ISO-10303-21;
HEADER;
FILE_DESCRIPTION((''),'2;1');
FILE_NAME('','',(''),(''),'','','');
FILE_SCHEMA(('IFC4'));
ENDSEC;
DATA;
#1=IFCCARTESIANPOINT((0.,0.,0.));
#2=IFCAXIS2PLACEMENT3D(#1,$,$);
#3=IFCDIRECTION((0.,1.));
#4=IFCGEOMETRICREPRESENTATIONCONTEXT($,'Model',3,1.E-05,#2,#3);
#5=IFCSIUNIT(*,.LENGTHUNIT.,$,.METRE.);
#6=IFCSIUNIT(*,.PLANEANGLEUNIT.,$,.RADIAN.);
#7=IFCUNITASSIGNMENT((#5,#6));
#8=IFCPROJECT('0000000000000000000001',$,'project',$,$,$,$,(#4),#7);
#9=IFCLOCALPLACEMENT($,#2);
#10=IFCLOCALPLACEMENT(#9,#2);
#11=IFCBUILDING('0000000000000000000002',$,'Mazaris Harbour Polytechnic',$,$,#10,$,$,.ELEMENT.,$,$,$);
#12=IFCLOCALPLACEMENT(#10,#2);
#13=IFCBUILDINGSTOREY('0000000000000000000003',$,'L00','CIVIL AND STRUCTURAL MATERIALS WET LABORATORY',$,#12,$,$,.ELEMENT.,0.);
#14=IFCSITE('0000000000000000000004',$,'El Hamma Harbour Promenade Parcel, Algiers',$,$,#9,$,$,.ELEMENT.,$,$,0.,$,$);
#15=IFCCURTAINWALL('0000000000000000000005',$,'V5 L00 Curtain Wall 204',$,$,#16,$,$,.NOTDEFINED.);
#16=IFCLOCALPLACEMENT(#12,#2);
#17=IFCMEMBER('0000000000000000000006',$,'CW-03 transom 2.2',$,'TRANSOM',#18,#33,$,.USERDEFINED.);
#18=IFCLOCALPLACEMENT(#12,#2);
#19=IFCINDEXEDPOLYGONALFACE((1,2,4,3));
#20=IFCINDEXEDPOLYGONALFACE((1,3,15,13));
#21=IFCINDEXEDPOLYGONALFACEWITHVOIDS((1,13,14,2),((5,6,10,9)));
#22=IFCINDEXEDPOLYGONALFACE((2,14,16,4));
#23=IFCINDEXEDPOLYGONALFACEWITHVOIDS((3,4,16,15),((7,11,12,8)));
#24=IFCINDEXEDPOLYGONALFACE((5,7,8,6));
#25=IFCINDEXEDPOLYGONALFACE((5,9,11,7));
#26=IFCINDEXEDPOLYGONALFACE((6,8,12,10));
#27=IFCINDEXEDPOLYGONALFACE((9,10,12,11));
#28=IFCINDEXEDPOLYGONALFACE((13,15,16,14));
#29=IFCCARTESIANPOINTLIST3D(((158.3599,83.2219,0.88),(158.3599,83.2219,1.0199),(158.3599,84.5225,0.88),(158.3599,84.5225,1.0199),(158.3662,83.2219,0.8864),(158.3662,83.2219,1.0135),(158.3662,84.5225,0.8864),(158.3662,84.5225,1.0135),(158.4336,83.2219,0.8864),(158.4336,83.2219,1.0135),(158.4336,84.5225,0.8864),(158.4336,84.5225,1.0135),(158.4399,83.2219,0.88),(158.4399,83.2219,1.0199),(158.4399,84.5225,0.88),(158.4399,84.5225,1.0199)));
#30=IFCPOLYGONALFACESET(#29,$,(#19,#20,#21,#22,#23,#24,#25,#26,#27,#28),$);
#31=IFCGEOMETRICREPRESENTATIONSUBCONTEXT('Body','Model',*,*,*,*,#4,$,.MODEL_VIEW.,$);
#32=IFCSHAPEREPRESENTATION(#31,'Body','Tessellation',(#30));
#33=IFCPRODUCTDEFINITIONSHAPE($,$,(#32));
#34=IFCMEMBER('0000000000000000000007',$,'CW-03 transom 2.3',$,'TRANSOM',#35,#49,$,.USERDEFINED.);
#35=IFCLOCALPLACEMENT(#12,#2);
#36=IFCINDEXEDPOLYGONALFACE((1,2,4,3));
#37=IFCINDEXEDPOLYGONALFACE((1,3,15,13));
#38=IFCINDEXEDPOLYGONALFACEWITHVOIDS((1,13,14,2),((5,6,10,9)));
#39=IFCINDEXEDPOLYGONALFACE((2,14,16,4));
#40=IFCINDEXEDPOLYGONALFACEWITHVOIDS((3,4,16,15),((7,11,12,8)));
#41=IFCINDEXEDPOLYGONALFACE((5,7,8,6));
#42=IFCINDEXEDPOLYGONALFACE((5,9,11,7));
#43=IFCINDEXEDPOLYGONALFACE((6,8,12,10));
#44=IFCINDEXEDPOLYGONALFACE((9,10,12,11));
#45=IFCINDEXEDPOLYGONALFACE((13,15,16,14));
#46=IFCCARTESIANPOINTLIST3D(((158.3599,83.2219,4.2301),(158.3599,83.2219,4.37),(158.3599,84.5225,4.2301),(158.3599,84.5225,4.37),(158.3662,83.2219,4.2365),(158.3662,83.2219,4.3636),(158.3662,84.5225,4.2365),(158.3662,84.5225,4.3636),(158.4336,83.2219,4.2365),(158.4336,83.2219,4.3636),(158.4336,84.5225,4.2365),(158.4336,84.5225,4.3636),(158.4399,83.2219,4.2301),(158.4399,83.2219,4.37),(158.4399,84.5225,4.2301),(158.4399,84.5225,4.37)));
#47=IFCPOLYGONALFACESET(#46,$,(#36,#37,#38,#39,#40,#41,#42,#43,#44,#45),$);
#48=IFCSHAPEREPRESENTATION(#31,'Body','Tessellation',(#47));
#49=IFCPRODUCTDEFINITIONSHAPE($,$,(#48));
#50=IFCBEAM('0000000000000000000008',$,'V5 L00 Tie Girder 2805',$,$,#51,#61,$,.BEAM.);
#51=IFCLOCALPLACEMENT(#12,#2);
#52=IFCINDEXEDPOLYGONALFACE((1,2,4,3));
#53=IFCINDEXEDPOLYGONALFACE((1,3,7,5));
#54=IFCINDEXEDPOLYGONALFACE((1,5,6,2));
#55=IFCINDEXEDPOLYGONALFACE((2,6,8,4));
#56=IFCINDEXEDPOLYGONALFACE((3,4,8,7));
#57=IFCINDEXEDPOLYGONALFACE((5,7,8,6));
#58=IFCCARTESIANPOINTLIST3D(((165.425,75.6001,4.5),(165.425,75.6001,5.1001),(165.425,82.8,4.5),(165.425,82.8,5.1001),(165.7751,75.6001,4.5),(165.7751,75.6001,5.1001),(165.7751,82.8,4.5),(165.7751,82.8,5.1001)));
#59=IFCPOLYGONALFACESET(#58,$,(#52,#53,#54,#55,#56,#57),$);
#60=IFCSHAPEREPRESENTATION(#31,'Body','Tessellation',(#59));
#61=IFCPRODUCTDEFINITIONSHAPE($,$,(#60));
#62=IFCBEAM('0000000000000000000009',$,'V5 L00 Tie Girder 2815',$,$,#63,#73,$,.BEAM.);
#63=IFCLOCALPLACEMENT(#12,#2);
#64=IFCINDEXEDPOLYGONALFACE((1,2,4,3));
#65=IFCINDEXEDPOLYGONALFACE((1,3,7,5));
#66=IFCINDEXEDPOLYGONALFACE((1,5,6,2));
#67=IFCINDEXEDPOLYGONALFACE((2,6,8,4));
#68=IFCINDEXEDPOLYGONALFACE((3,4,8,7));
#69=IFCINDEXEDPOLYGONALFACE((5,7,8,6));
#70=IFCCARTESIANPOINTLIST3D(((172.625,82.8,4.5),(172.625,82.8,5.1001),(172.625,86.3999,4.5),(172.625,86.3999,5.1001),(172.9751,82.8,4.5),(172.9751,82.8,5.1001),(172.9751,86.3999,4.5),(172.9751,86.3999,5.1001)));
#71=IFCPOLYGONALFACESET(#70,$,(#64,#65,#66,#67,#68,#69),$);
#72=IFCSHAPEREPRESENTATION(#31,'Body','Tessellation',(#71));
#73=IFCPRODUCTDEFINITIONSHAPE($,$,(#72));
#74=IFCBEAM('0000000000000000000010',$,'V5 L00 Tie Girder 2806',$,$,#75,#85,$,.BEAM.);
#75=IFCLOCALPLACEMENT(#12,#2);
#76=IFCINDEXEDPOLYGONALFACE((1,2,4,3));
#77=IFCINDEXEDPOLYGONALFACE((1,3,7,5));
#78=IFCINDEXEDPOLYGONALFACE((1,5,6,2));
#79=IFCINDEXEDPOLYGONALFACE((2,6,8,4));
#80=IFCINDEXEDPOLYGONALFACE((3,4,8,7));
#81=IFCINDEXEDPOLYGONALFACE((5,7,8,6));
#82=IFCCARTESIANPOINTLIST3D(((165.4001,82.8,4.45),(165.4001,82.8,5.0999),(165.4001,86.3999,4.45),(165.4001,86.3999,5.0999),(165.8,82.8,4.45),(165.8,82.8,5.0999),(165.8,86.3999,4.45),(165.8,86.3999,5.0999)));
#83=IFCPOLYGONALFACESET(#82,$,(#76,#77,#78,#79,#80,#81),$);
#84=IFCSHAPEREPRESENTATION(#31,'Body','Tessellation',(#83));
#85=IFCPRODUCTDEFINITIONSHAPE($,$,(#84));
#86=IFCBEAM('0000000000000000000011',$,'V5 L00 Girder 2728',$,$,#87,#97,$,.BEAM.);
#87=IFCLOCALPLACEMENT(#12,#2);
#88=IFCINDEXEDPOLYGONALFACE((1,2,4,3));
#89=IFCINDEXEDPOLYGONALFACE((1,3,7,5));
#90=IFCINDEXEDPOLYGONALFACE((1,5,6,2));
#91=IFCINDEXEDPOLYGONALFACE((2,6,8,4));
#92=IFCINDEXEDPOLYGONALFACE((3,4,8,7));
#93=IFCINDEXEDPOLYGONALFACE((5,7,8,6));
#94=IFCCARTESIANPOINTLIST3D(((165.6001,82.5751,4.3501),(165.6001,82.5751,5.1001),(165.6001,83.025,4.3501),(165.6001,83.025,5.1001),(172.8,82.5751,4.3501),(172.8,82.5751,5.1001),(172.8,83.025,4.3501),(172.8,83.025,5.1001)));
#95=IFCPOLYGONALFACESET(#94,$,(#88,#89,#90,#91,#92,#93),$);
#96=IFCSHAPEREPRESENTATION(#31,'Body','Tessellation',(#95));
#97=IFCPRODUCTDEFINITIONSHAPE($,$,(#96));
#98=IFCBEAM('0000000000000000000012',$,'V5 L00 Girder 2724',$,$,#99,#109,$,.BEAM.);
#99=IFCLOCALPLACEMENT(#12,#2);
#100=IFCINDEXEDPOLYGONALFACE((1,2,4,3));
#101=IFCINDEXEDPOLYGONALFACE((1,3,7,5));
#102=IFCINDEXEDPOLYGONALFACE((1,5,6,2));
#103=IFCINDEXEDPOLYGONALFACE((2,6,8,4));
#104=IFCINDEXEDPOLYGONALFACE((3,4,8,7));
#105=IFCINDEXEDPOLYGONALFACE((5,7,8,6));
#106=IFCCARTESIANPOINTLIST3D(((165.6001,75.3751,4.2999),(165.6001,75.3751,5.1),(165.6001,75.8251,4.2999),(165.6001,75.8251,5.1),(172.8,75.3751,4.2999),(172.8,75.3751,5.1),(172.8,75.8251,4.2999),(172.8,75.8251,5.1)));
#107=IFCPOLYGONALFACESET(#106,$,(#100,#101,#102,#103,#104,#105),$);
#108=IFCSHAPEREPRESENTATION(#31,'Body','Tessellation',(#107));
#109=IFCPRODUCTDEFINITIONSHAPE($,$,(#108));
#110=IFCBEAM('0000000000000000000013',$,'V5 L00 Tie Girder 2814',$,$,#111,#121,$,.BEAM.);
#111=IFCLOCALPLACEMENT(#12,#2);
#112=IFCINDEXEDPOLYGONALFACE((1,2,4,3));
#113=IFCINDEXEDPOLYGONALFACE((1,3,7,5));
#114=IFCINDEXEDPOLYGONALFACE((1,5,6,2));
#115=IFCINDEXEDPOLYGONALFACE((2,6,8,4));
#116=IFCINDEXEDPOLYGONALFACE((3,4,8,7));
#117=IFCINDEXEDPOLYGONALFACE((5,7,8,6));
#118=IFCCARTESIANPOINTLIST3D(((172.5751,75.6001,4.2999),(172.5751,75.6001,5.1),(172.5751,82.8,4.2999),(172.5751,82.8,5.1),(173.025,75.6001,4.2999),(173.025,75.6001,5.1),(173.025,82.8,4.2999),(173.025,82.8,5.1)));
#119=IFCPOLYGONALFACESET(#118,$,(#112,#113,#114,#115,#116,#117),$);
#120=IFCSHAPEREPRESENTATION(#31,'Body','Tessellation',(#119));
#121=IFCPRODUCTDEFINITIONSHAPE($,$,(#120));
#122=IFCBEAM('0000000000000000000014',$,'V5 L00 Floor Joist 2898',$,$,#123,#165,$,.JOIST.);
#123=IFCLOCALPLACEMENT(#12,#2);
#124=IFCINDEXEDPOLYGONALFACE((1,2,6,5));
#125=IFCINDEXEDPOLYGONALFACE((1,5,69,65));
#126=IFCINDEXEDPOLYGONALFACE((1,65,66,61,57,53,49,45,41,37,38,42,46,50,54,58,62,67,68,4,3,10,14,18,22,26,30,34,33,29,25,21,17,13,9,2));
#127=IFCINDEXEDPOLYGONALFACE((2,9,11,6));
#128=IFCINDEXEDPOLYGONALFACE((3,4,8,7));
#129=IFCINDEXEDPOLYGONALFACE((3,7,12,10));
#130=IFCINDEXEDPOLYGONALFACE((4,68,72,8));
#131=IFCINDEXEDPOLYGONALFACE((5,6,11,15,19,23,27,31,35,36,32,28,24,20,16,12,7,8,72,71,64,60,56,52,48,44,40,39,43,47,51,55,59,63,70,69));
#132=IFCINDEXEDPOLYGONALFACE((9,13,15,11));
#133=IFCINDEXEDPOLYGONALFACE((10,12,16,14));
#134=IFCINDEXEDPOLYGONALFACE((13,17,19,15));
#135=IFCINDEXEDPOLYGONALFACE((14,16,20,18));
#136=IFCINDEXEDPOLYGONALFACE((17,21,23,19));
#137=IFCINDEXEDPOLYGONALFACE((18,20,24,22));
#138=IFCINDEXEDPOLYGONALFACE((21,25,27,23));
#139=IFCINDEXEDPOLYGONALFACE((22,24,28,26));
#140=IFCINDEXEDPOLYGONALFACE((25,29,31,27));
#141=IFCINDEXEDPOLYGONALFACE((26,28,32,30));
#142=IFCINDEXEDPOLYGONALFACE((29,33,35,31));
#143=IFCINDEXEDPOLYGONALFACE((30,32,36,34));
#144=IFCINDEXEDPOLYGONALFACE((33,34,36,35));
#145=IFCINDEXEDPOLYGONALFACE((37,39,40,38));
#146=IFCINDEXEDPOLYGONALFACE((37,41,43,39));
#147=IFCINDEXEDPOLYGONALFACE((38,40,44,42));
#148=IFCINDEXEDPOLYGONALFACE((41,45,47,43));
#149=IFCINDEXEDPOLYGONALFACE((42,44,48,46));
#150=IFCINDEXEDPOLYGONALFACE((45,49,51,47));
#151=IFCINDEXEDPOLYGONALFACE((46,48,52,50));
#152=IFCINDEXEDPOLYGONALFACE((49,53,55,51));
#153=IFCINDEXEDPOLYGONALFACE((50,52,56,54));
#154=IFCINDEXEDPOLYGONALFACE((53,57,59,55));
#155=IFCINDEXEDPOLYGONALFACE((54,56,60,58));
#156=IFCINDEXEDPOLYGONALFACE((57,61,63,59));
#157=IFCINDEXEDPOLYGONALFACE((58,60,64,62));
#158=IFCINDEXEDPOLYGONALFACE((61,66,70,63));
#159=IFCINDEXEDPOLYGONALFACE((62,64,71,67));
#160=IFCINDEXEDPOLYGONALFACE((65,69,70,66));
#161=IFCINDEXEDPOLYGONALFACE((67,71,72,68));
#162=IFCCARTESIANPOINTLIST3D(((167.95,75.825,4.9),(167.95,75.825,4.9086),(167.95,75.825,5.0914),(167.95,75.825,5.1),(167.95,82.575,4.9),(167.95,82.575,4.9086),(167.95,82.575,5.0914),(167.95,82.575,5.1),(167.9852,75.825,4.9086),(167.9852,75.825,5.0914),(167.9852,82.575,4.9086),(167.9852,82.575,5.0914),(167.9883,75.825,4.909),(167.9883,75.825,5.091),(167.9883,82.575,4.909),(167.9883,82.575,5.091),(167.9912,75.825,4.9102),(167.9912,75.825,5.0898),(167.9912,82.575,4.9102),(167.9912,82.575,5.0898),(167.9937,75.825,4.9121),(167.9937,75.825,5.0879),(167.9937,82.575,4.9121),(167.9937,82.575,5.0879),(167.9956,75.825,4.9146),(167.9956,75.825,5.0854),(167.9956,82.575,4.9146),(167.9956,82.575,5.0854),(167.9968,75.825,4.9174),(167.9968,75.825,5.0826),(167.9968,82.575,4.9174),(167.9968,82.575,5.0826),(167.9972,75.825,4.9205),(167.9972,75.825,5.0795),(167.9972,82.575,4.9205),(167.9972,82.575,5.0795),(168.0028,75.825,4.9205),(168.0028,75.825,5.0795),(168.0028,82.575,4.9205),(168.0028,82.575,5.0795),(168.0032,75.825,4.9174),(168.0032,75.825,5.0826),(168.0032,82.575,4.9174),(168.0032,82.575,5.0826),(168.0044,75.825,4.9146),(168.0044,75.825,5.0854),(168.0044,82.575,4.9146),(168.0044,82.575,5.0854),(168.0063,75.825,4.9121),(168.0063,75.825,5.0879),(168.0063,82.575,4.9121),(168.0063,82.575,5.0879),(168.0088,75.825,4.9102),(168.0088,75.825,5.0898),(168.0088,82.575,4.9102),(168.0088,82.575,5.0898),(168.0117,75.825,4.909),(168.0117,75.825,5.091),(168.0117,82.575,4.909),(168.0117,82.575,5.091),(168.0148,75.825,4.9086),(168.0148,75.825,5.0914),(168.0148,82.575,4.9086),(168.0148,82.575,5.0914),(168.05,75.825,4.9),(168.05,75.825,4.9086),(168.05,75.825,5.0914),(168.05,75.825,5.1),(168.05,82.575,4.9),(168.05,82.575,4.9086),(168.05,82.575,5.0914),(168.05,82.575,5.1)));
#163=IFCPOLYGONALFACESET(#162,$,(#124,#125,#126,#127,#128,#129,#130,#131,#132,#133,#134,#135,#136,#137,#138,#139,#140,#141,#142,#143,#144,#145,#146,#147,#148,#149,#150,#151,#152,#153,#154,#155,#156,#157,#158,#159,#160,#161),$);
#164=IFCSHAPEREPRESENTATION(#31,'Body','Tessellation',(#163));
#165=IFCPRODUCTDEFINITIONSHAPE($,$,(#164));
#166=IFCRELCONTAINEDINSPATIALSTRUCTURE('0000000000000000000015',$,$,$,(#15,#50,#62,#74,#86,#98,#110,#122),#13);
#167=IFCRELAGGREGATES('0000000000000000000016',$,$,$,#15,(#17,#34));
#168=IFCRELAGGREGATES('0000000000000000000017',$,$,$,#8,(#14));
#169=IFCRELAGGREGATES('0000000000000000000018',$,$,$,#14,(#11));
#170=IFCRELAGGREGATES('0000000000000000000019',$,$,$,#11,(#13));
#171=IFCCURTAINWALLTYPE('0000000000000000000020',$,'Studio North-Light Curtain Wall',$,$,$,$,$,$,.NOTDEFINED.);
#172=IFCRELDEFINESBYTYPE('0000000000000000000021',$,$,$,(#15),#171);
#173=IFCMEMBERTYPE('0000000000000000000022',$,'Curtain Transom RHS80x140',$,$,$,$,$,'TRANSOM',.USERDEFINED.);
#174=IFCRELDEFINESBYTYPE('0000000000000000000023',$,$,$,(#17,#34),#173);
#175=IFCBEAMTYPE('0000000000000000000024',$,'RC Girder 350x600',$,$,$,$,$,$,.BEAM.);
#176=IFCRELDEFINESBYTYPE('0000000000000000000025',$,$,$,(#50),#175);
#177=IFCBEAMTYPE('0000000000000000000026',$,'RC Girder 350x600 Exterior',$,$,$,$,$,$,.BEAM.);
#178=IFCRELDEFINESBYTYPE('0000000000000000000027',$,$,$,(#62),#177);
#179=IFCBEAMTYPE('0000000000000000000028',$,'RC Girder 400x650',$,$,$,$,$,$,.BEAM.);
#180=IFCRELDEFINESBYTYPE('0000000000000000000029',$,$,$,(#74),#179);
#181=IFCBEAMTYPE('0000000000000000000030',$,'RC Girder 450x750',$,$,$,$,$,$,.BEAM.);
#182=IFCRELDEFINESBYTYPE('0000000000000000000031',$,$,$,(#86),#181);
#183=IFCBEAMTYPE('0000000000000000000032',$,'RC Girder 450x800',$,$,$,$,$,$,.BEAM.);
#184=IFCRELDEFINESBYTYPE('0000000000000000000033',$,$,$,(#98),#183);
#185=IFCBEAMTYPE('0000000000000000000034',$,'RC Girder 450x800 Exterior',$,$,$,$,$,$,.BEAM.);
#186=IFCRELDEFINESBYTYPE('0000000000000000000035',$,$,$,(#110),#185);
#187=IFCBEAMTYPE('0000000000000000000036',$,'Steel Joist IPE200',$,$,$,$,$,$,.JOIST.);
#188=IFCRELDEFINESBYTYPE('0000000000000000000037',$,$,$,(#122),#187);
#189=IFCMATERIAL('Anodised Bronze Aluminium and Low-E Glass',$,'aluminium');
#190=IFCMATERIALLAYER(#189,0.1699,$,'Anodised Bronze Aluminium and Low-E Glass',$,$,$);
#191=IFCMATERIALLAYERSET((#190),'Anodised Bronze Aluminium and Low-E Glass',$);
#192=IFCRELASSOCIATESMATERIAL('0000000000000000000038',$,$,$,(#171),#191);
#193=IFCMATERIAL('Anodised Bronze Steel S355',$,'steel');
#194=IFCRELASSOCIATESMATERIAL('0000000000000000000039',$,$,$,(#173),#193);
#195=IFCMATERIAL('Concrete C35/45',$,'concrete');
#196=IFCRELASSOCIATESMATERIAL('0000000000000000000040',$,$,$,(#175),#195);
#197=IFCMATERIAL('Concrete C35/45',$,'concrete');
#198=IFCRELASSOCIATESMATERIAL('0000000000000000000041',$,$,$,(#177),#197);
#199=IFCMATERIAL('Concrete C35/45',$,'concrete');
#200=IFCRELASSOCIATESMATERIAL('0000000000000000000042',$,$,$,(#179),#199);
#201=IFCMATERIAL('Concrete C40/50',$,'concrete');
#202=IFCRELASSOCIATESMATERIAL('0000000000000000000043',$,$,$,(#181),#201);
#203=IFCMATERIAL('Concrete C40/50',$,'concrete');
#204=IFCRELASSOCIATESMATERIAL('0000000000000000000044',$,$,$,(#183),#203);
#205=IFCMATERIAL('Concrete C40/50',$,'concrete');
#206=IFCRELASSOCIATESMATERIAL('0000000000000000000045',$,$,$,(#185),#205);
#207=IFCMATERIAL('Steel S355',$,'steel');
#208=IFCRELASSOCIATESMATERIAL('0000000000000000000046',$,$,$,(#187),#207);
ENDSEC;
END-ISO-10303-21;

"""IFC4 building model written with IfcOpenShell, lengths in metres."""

from ifc_helpers import new_model, si_unit, direction, frame, origin, origin_2d, place, context, subcontext, project, spatial, rectangle, hollow_rectangle, i_section, extrude, material, layer, layer_set, material_profile, profile_set, type_object, element, aggregate, save


model = new_model("IFC4")

# Units and contexts
model_context = context("Model", 3, precision=1e-05, world=origin(), true_north=direction((0.0, 1.0)))
body_context = subcontext(model_context, "Body", "Model", "MODEL_VIEW")
ifc_project = project(units=[si_unit("LENGTHUNIT", "METRE"), si_unit("PLANEANGLEUNIT", "RADIAN")], contexts=[model_context])

# Site, building, storey
site_placement = place(None, origin())
site = spatial("IfcSite", under=ifc_project, at=site_placement, Name="El Hamma Harbour Promenade Parcel, Algiers", CompositionType="ELEMENT", RefElevation=0.0)
building_placement = place(site_placement, origin())
building = spatial("IfcBuilding", under=site, at=building_placement, Name="Mazaris Harbour Polytechnic", CompositionType="ELEMENT")
storey_placement = place(building_placement, origin())
storey = spatial("IfcBuildingStorey", under=building, at=storey_placement, Name="L00", Description="CIVIL AND STRUCTURAL MATERIALS WET LABORATORY", CompositionType="ELEMENT", Elevation=0.0)

# Curtain wall, members
ifc_material_1 = material(Name="Anodised Bronze Aluminium and Low-E Glass", Category="aluminium")
ifc_layer_1 = layer(ifc_material_1, 0.1699, Name="Anodised Bronze Aluminium and Low-E Glass")
ifc_layer_set_1 = layer_set([ifc_layer_1], Name="Anodised Bronze Aluminium and Low-E Glass")
curtain_wall_type = type_object("IfcCurtainWallType", Name="Studio North-Light Curtain Wall", PredefinedType="NOTDEFINED", material=ifc_layer_set_1)
curtain_wall_placement = place(storey_placement, origin())
curtain_wall = element("IfcCurtainWall", 1, at=curtain_wall_placement, inside=storey, type_object=curtain_wall_type, Name="V5 L00 Curtain Wall 204", PredefinedType="NOTDEFINED")
ifc_material_2 = material(Name="Anodised Bronze Steel S355", Category="steel")
ifc_material_profile_1 = material_profile(ifc_material_2, hollow_rectangle(XDim=0.0801, YDim=0.1399, WallThickness=0.0063, at=origin_2d()), Name="RHS 80x140x6.3")
ifc_profile_set_1 = profile_set([ifc_material_profile_1], Name="Anodised Bronze Steel S355")
member_type_1 = type_object("IfcMemberType", Name="Curtain Transom RHS80x140", ElementType="TRANSOM", PredefinedType="USERDEFINED", material=ifc_profile_set_1)
member_1_placement = place(storey_placement, frame((158.3999, 84.5225, 0.95), z_axis=(0.0, -1.0, 0.0), x_axis=(1.0, 0.0, 0.0)))
member_1 = element("IfcMember", 2, at=member_1_placement, type_object=member_type_1, Name="CW-03 transom 2.2", ObjectType="TRANSOM", PredefinedType="USERDEFINED", context=body_context, shape_type="SweptSolid", body=[
    extrude(hollow_rectangle(XDim=0.0801, YDim=0.1399, WallThickness=0.0063, at=origin_2d()), origin(), (0.0, 0.0, 1.0), 1.3005),
])
member_2_placement = place(storey_placement, frame((158.3999, 84.5225, 4.3), z_axis=(0.0, -1.0, 0.0), x_axis=(1.0, 0.0, 0.0)))
member_2 = element("IfcMember", 3, at=member_2_placement, type_object=member_type_1, Name="CW-03 transom 2.3", ObjectType="TRANSOM", PredefinedType="USERDEFINED", context=body_context, shape_type="SweptSolid", body=[
    extrude(hollow_rectangle(XDim=0.0801, YDim=0.1399, WallThickness=0.0063, at=origin_2d()), origin(), (0.0, 0.0, 1.0), 1.3005),
])

# Beams
ifc_material_3 = material(Name="Concrete C35/45", Category="concrete")
ifc_material_profile_2 = material_profile(ifc_material_3, rectangle(XDim=0.3501, YDim=0.6001, at=origin_2d()), Name="RECT350x600")
ifc_profile_set_2 = profile_set([ifc_material_profile_2], Name="Concrete C35/45")
beam_type_1 = type_object("IfcBeamType", Name="RC Girder 350x600", PredefinedType="BEAM", material=ifc_profile_set_2)
beam_1_placement = place(storey_placement, frame((165.6001, 75.6001, 4.8), z_axis=(0.0, 1.0, 0.0), x_axis=(-1.0, 0.0, 0.0)))
element("IfcBeam", 4, at=beam_1_placement, inside=storey, type_object=beam_type_1, Name="V5 L00 Tie Girder 2805", PredefinedType="BEAM", context=body_context, shape_type="SweptSolid", body=[
    extrude(rectangle(XDim=0.3501, YDim=0.6001, at=origin_2d()), origin(), (0.0, 0.0, 1.0), 7.2),
])
ifc_material_4 = material(Name="Concrete C35/45", Category="concrete")
ifc_material_profile_3 = material_profile(ifc_material_4, rectangle(XDim=0.3501, YDim=0.6001, at=origin_2d()), Name="RECT350x600")
ifc_profile_set_3 = profile_set([ifc_material_profile_3], Name="Concrete C35/45")
beam_type_2 = type_object("IfcBeamType", Name="RC Girder 350x600 Exterior", PredefinedType="BEAM", material=ifc_profile_set_3)
beam_2_placement = place(storey_placement, frame((172.8, 82.8, 4.8), z_axis=(0.0, 1.0, 0.0), x_axis=(-1.0, 0.0, 0.0)))
element("IfcBeam", 5, at=beam_2_placement, inside=storey, type_object=beam_type_2, Name="V5 L00 Tie Girder 2815", PredefinedType="BEAM", context=body_context, shape_type="SweptSolid", body=[
    extrude(rectangle(XDim=0.3501, YDim=0.6001, at=origin_2d()), origin(), (0.0, 0.0, 1.0), 3.5999),
])
ifc_material_5 = material(Name="Concrete C35/45", Category="concrete")
ifc_material_profile_4 = material_profile(ifc_material_5, rectangle(XDim=0.3999, YDim=0.6499, at=origin_2d()), Name="RECT400x650")
ifc_profile_set_4 = profile_set([ifc_material_profile_4], Name="Concrete C35/45")
beam_type_3 = type_object("IfcBeamType", Name="RC Girder 400x650", PredefinedType="BEAM", material=ifc_profile_set_4)
beam_3_placement = place(storey_placement, frame((165.6001, 82.8, 4.7749), z_axis=(0.0, 1.0, 0.0), x_axis=(-1.0, 0.0, 0.0)))
element("IfcBeam", 6, at=beam_3_placement, inside=storey, type_object=beam_type_3, Name="V5 L00 Tie Girder 2806", PredefinedType="BEAM", context=body_context, shape_type="SweptSolid", body=[
    extrude(rectangle(XDim=0.3999, YDim=0.6499, at=origin_2d()), origin(), (0.0, 0.0, 1.0), 3.5999),
])
ifc_material_6 = material(Name="Concrete C40/50", Category="concrete")
ifc_material_profile_5 = material_profile(ifc_material_6, rectangle(XDim=0.45, YDim=0.75, at=origin_2d()), Name="RECT450x750")
ifc_profile_set_5 = profile_set([ifc_material_profile_5], Name="Concrete C40/50")
beam_type_4 = type_object("IfcBeamType", Name="RC Girder 450x750", PredefinedType="BEAM", material=ifc_profile_set_5)
beam_4_placement = place(storey_placement, frame((165.6001, 82.8, 4.7251), z_axis=(1.0, 0.0, 0.0), x_axis=(0.0, 1.0, 0.0)))
element("IfcBeam", 7, at=beam_4_placement, inside=storey, type_object=beam_type_4, Name="V5 L00 Girder 2728", PredefinedType="BEAM", context=body_context, shape_type="SweptSolid", body=[
    extrude(rectangle(XDim=0.45, YDim=0.75, at=origin_2d()), origin(), (0.0, 0.0, 1.0), 7.2),
])
ifc_material_7 = material(Name="Concrete C40/50", Category="concrete")
ifc_material_profile_6 = material_profile(ifc_material_7, rectangle(XDim=0.45, YDim=0.8, at=origin_2d()), Name="RECT450x800")
ifc_profile_set_6 = profile_set([ifc_material_profile_6], Name="Concrete C40/50")
beam_type_5 = type_object("IfcBeamType", Name="RC Girder 450x800", PredefinedType="BEAM", material=ifc_profile_set_6)
beam_5_placement = place(storey_placement, frame((165.6001, 75.6001, 4.7), z_axis=(1.0, 0.0, 0.0), x_axis=(0.0, 1.0, 0.0)))
element("IfcBeam", 8, at=beam_5_placement, inside=storey, type_object=beam_type_5, Name="V5 L00 Girder 2724", PredefinedType="BEAM", context=body_context, shape_type="SweptSolid", body=[
    extrude(rectangle(XDim=0.45, YDim=0.8, at=origin_2d()), origin(), (0.0, 0.0, 1.0), 7.2),
])
ifc_material_8 = material(Name="Concrete C40/50", Category="concrete")
ifc_material_profile_7 = material_profile(ifc_material_8, rectangle(XDim=0.45, YDim=0.8, at=origin_2d()), Name="RECT450x800")
ifc_profile_set_7 = profile_set([ifc_material_profile_7], Name="Concrete C40/50")
beam_type_6 = type_object("IfcBeamType", Name="RC Girder 450x800 Exterior", PredefinedType="BEAM", material=ifc_profile_set_7)
beam_6_placement = place(storey_placement, frame((172.8, 75.6001, 4.7), z_axis=(0.0, 1.0, 0.0), x_axis=(-1.0, 0.0, 0.0)))
element("IfcBeam", 9, at=beam_6_placement, inside=storey, type_object=beam_type_6, Name="V5 L00 Tie Girder 2814", PredefinedType="BEAM", context=body_context, shape_type="SweptSolid", body=[
    extrude(rectangle(XDim=0.45, YDim=0.8, at=origin_2d()), origin(), (0.0, 0.0, 1.0), 7.2),
])
ifc_material_9 = material(Name="Steel S355", Category="steel")
ifc_material_profile_8 = material_profile(ifc_material_9, i_section(OverallWidth=0.1001, OverallDepth=0.2, WebThickness=0.0056, FlangeThickness=0.0085, FilletRadius=0.012, at=origin_2d()), Name="IPE 200")
ifc_profile_set_8 = profile_set([ifc_material_profile_8], Name="Steel S355")
beam_type_7 = type_object("IfcBeamType", Name="Steel Joist IPE200", PredefinedType="JOIST", material=ifc_profile_set_8)
beam_7_placement = place(storey_placement, frame((168.0, 75.825, 5.0), z_axis=(0.0, 1.0, 0.0), x_axis=(-1.0, 0.0, 0.0)))
element("IfcBeam", 10, at=beam_7_placement, inside=storey, type_object=beam_type_7, Name="V5 L00 Floor Joist 2898", PredefinedType="JOIST", context=body_context, shape_type="SweptSolid", body=[
    extrude(i_section(OverallWidth=0.1001, OverallDepth=0.2, WebThickness=0.0056, FlangeThickness=0.0085, FilletRadius=0.012, at=origin_2d()), origin(), (0.0, 0.0, 1.0), 6.75),
])

aggregate(curtain_wall, [member_1, member_2])

save(model, "model.ifc")
